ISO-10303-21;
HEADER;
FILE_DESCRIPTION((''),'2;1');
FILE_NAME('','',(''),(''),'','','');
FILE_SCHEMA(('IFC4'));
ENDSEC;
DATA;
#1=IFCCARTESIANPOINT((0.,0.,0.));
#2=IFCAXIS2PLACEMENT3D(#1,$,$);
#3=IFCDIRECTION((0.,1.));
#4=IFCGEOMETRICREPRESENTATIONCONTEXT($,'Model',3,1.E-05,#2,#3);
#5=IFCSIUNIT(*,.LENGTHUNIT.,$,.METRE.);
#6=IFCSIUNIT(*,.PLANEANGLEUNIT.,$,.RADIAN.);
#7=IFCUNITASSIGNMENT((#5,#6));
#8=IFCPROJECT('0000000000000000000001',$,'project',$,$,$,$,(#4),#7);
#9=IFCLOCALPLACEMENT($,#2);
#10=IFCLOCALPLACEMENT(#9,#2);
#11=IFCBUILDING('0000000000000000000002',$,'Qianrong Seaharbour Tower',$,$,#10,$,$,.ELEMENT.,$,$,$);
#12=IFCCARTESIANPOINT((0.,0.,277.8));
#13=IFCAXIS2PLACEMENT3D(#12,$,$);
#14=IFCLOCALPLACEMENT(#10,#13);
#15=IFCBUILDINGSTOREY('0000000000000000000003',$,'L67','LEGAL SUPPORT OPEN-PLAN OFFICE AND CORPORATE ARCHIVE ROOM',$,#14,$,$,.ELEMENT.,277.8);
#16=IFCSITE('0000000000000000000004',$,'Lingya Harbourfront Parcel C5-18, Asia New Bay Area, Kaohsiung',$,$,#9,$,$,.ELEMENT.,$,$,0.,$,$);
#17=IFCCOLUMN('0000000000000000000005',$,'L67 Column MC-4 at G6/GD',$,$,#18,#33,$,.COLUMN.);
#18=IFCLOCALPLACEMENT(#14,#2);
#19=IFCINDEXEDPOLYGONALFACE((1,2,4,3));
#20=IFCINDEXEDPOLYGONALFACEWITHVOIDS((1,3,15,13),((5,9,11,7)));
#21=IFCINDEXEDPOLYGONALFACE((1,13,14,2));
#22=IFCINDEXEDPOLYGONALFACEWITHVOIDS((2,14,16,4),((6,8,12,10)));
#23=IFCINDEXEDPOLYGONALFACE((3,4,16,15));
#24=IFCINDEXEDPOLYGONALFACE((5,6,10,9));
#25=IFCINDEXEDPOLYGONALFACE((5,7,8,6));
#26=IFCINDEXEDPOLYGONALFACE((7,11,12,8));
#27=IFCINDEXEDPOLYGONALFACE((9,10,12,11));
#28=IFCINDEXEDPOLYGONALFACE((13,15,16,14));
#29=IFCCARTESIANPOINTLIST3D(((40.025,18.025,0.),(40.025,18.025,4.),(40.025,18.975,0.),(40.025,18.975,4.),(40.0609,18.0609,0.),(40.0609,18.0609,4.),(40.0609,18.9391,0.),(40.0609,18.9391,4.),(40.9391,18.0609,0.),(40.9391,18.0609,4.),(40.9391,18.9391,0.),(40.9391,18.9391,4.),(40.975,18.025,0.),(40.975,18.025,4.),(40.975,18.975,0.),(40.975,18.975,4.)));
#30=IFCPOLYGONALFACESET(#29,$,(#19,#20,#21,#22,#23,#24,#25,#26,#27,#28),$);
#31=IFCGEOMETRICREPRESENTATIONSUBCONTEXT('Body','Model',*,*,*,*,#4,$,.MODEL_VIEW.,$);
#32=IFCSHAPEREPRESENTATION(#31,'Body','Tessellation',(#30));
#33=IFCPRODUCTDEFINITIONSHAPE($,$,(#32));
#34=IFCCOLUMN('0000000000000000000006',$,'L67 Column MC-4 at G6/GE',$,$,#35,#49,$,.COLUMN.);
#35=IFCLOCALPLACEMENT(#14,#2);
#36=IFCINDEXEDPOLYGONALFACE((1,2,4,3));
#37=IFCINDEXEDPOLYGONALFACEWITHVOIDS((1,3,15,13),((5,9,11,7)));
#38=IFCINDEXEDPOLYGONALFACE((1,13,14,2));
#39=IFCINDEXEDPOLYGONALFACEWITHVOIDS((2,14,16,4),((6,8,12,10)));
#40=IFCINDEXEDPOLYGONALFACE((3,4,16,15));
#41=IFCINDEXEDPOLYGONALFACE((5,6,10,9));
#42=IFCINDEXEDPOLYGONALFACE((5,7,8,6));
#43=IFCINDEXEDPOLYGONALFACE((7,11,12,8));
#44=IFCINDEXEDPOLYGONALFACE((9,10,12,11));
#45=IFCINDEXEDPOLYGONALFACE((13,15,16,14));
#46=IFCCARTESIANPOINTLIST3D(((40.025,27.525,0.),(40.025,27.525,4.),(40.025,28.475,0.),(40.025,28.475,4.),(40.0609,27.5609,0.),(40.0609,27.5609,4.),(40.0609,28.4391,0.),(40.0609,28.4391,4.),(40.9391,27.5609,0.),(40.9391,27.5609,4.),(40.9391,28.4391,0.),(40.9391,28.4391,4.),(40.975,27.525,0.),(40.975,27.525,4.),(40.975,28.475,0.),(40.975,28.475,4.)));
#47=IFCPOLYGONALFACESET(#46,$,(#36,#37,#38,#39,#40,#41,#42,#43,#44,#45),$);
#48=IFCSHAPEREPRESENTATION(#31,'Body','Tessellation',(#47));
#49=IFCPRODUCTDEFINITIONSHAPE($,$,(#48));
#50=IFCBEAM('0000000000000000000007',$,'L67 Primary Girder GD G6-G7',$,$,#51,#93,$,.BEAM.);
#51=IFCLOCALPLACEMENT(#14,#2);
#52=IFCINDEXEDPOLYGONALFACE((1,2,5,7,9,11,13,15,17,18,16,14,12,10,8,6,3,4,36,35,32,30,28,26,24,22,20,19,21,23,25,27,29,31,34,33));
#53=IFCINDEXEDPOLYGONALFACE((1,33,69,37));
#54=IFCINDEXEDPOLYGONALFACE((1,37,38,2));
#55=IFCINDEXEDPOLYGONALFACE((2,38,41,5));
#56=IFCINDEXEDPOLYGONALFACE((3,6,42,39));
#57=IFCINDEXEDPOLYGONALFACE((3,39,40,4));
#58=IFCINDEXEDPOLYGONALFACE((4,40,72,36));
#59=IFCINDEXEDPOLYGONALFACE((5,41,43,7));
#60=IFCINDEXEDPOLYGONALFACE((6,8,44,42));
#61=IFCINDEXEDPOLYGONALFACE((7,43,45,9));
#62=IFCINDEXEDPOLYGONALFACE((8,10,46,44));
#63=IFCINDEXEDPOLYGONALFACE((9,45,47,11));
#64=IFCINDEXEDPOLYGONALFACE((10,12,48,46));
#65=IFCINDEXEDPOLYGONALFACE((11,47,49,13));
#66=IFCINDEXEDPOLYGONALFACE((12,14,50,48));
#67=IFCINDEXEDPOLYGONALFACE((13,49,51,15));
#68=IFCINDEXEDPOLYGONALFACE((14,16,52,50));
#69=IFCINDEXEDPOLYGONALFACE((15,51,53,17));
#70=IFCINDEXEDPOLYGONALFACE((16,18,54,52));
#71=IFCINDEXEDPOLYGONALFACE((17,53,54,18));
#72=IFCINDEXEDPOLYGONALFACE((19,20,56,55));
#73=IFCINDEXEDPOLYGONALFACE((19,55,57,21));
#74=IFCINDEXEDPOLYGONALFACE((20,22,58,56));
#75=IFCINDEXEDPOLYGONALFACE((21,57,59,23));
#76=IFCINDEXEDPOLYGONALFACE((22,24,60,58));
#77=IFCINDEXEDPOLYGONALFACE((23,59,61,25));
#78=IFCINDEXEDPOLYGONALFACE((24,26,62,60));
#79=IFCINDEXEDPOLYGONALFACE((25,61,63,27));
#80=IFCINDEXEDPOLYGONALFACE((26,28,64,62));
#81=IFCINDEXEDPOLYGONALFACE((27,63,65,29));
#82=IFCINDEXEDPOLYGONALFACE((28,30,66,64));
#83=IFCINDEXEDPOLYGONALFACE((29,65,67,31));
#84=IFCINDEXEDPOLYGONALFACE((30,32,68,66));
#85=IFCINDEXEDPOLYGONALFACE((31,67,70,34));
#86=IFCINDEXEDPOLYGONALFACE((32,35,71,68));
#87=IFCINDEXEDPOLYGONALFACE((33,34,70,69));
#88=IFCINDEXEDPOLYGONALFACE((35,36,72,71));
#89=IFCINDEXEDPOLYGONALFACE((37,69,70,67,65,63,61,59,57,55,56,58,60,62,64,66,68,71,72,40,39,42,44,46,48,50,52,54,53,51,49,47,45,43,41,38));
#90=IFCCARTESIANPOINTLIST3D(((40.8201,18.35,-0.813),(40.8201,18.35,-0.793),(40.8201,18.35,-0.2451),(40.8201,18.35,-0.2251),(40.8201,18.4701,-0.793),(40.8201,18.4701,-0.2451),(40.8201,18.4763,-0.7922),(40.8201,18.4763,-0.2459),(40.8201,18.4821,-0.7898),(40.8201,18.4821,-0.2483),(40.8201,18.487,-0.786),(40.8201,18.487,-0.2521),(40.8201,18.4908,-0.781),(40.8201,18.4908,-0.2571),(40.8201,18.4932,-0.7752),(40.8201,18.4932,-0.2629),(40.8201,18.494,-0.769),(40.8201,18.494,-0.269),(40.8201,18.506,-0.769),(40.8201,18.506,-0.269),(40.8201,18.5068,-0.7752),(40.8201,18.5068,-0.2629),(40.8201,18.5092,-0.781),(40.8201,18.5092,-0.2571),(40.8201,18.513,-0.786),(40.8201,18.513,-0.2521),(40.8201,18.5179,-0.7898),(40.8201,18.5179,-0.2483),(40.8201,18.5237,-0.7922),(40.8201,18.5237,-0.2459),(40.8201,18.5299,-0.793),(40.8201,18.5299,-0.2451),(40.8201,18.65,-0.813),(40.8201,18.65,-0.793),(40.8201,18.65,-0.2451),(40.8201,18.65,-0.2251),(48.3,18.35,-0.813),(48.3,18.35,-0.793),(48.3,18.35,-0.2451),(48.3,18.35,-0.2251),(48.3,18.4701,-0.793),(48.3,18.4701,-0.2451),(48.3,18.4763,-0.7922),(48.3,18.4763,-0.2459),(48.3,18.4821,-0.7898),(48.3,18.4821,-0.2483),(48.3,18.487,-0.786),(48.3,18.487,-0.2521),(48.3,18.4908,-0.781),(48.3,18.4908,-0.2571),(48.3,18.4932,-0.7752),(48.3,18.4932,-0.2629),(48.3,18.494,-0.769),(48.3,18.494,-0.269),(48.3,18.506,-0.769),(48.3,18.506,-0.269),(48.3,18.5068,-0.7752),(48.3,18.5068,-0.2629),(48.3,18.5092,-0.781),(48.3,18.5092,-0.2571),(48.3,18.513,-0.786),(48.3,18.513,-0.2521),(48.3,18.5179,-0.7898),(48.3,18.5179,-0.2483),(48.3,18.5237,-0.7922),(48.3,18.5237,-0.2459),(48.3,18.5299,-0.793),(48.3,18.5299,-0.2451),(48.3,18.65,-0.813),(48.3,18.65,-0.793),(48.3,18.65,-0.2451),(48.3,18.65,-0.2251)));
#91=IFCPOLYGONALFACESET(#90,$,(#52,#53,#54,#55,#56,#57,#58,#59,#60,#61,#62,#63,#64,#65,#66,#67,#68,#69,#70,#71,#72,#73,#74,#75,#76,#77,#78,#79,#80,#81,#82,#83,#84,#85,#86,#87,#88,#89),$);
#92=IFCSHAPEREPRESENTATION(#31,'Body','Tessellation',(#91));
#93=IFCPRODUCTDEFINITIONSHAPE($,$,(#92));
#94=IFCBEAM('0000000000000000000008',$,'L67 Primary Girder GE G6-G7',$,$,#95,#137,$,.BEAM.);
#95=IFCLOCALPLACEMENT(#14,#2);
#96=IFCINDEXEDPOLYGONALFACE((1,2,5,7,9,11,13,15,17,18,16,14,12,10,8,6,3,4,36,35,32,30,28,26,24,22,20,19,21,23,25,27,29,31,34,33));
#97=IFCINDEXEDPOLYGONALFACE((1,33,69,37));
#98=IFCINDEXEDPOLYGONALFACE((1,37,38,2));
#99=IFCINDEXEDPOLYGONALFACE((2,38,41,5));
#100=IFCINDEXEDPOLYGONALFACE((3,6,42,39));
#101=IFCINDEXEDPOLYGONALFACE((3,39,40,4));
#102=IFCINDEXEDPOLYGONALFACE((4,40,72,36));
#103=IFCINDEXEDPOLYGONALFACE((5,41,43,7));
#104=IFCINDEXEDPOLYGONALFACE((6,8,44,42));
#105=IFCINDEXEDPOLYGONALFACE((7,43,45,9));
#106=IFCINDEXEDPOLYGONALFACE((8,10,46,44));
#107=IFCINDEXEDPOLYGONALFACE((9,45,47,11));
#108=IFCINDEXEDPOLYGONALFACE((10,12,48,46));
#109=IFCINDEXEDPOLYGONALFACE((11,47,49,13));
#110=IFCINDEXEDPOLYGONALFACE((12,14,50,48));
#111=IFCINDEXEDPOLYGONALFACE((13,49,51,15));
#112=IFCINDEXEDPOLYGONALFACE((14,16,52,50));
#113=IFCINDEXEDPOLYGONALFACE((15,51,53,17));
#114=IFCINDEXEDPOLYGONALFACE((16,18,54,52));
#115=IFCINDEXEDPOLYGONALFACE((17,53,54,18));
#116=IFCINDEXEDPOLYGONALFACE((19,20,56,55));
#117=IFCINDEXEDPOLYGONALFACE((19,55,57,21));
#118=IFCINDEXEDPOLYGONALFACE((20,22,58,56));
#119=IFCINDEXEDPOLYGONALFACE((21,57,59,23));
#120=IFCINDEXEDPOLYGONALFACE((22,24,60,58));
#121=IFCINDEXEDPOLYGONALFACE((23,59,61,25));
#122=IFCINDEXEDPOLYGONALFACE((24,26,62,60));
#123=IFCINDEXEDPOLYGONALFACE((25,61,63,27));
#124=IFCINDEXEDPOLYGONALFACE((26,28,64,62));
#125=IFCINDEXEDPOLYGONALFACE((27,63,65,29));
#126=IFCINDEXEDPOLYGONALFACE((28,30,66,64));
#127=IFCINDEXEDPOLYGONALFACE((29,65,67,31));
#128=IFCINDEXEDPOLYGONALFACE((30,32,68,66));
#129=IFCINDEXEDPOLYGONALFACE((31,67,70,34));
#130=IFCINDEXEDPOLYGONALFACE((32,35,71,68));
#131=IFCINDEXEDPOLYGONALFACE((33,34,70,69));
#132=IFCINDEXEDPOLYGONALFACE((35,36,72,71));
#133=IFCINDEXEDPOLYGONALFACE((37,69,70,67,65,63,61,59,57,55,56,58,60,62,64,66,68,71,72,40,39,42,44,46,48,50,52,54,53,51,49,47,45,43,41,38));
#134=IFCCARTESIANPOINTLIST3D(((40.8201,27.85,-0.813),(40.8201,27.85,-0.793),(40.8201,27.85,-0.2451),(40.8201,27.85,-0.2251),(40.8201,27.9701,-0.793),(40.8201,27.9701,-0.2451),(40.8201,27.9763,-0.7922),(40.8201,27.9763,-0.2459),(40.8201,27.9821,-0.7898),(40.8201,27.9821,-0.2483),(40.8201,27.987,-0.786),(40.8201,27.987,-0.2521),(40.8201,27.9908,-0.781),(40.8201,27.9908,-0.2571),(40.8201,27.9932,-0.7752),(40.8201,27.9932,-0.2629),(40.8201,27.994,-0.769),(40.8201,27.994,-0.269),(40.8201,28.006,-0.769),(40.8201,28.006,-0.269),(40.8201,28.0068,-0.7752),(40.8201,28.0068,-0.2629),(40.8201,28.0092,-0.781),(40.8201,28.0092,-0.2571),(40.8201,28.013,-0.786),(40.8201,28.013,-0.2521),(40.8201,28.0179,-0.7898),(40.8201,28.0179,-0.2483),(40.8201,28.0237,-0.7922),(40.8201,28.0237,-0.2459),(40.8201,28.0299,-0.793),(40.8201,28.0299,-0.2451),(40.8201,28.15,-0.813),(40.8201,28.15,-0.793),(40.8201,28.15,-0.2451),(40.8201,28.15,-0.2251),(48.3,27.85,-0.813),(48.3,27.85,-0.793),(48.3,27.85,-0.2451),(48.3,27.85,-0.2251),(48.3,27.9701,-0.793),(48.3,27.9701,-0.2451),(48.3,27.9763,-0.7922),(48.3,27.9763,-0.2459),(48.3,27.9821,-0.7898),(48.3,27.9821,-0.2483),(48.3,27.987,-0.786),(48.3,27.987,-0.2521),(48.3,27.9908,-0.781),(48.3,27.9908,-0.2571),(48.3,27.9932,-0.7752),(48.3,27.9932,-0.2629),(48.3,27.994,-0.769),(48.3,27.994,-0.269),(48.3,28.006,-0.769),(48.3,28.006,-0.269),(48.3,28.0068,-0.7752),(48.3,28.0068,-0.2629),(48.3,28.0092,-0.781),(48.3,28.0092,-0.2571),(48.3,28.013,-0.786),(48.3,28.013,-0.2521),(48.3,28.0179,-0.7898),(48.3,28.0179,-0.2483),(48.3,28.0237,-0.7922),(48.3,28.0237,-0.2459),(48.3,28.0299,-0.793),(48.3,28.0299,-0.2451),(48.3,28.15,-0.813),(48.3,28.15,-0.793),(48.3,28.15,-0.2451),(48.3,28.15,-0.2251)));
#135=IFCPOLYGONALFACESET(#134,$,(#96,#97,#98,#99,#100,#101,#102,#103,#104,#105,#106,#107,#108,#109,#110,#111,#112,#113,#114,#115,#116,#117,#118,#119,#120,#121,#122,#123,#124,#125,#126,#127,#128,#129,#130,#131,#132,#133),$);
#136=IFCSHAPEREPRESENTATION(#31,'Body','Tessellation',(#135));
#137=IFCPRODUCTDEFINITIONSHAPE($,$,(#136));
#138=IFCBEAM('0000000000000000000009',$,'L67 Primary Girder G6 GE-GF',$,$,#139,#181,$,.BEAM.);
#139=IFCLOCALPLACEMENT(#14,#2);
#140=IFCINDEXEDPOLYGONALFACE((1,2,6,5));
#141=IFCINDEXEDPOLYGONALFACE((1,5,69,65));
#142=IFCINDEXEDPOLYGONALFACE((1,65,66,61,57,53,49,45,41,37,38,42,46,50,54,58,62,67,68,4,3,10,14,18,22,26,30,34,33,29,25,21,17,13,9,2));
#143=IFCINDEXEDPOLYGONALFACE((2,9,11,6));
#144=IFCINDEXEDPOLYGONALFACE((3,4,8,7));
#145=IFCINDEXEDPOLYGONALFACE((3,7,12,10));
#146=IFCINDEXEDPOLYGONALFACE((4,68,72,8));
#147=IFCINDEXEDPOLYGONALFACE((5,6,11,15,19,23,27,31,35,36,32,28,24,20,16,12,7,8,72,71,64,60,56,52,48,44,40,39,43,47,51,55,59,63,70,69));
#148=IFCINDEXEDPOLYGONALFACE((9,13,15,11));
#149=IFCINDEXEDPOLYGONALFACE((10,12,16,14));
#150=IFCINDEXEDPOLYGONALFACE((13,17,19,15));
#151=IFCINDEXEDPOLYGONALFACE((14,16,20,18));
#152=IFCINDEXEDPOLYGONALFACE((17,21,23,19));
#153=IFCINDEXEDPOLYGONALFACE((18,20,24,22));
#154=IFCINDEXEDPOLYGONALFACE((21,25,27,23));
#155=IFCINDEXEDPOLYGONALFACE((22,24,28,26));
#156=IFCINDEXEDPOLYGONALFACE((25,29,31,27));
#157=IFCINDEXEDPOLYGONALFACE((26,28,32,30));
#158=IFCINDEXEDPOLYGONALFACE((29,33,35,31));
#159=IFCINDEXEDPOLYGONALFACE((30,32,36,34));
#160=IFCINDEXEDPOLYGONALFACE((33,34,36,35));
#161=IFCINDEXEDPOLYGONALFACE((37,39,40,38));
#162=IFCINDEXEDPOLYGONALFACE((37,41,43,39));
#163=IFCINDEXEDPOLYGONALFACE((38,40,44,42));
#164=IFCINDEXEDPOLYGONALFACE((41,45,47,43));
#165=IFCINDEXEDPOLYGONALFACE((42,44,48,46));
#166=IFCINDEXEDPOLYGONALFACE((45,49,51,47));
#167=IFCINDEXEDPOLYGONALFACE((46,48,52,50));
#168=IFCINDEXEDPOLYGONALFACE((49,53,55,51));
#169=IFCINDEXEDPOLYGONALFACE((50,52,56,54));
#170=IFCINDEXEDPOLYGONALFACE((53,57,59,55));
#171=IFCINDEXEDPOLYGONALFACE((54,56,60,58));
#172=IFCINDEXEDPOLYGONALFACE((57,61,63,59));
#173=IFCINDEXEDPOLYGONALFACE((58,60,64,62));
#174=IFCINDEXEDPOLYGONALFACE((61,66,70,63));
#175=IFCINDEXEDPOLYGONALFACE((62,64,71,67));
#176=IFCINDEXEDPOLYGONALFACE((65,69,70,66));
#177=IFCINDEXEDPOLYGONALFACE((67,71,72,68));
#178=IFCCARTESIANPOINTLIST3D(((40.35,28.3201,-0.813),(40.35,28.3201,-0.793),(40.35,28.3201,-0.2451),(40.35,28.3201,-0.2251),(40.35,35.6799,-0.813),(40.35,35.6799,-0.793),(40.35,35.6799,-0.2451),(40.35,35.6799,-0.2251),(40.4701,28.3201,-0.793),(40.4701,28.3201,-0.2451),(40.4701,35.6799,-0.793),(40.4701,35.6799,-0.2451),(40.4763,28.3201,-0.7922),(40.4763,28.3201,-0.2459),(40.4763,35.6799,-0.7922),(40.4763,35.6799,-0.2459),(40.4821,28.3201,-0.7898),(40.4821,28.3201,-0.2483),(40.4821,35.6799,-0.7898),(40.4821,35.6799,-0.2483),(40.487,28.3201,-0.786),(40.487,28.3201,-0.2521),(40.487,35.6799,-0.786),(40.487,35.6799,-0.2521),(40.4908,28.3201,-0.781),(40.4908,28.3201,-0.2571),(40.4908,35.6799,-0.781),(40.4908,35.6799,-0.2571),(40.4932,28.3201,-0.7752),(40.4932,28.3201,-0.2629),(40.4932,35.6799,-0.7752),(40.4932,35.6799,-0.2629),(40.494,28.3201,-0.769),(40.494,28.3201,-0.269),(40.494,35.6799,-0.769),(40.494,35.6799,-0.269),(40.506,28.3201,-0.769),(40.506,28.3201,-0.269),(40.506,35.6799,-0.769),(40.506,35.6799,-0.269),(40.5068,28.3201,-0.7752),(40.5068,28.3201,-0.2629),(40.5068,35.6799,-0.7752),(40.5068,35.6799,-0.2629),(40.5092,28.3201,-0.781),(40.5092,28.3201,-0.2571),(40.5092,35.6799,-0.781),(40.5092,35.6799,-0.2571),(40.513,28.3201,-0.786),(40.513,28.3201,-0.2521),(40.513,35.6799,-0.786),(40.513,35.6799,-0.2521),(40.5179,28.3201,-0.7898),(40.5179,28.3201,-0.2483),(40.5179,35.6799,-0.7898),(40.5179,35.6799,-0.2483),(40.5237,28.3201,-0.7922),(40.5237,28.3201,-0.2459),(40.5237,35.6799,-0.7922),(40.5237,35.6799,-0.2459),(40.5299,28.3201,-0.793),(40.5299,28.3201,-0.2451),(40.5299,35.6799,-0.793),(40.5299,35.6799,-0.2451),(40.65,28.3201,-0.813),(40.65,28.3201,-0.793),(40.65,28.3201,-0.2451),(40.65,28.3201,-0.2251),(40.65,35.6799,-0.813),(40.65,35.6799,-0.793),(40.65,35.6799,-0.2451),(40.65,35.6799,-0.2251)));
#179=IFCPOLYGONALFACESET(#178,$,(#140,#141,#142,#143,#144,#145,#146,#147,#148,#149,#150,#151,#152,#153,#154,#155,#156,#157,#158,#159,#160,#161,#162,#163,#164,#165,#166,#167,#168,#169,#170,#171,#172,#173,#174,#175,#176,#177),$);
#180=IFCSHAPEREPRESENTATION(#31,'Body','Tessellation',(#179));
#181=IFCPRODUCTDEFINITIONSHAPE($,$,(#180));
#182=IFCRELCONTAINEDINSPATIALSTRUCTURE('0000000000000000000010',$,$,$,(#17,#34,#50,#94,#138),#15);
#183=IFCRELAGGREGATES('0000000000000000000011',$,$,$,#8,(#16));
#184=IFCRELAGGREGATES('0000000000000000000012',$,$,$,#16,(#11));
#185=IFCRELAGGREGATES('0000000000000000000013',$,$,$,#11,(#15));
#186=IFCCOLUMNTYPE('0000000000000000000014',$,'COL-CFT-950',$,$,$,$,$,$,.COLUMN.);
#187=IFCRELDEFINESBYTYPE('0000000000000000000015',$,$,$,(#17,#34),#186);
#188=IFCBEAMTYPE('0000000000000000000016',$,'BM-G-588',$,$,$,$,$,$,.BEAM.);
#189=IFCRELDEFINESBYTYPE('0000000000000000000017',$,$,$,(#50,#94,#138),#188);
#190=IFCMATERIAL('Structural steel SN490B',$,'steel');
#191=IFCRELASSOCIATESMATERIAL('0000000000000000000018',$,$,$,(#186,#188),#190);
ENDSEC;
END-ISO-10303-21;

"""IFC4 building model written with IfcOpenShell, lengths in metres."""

from ifc_helpers import new_model, si_unit, direction, frame, origin, origin_2d, place, context, subcontext, project, spatial, hollow_rectangle, i_section, extrude, material, material_profile, profile_set, type_object, element, save


model = new_model("IFC4")

# Units and contexts
model_context = context("Model", 3, precision=1e-05, world=origin(), true_north=direction((0.0, 1.0)))
body_context = subcontext(model_context, "Body", "Model", "MODEL_VIEW")
ifc_project = project(units=[si_unit("LENGTHUNIT", "METRE"), si_unit("PLANEANGLEUNIT", "RADIAN")], contexts=[model_context])

# Site, building, storey
site_placement = place(None, origin())
site = spatial("IfcSite", under=ifc_project, at=site_placement, Name="Lingya Harbourfront Parcel C5-18, Asia New Bay Area, Kaohsiung", CompositionType="ELEMENT", RefElevation=0.0)
building_placement = place(site_placement, origin())
building = spatial("IfcBuilding", under=site, at=building_placement, Name="Qianrong Seaharbour Tower", CompositionType="ELEMENT")
storey_placement = place(building_placement, frame((0.0, 0.0, 277.8)))
storey = spatial("IfcBuildingStorey", under=building, at=storey_placement, Name="L67", Description="LEGAL SUPPORT OPEN-PLAN OFFICE AND CORPORATE ARCHIVE ROOM", CompositionType="ELEMENT", Elevation=277.8)

# Columns
ifc_material_1 = material(Name="Structural steel SN490B", Category="steel")
ifc_material_profile_1 = material_profile(ifc_material_1, hollow_rectangle(XDim=0.95, YDim=0.95, WallThickness=0.0359, at=origin_2d()), Name="BOX950x950x36")
ifc_profile_set_1 = profile_set([ifc_material_profile_1], Name="Structural steel SN490B")
column_type = type_object("IfcColumnType", Name="COL-CFT-950", PredefinedType="COLUMN", material=ifc_profile_set_1)
for number, where, z_axis, x_axis, name in (
    (1, (40.5, 18.5, 0.0), (0.0, 0.0, 1.0), (1.0, 0.0, 0.0), "L67 Column MC-4 at G6/GD"),
    (2, (40.5, 28.0, 0.0), (0.0, 0.0, 1.0), (1.0, 0.0, 0.0), "L67 Column MC-4 at G6/GE"),
):
    element("IfcColumn", number, at=place(storey_placement, frame(where, z_axis=z_axis, x_axis=x_axis)), inside=storey, type_object=column_type, Name=name, PredefinedType="COLUMN", context=body_context, shape_type="SweptSolid", body=[
        extrude(hollow_rectangle(XDim=0.95, YDim=0.95, WallThickness=0.0359, at=origin_2d()), origin(), (0.0, 0.0, 1.0), 4.0),
    ])

# Beams
ifc_material_profile_2 = material_profile(ifc_material_1, i_section(OverallWidth=0.3, OverallDepth=0.5879, WebThickness=0.012, FlangeThickness=0.02, FilletRadius=0.0239, at=origin_2d()), Name="H588x300x12x20")
ifc_profile_set_2 = profile_set([ifc_material_profile_2], Name="Structural steel SN490B")
beam_type_1 = type_object("IfcBeamType", Name="BM-G-588", PredefinedType="BEAM", material=ifc_profile_set_2)
for number, where, z_axis, x_axis, name in (
    (3, (40.8201, 18.5, -0.519), (1.0, 0.0, 0.0), (0.0, 1.0, 0.0), "L67 Primary Girder GD G6-G7"),
    (4, (40.8201, 28.0, -0.519), (1.0, 0.0, 0.0), (0.0, 1.0, 0.0), "L67 Primary Girder GE G6-G7"),
):
    element("IfcBeam", number, at=place(storey_placement, frame(where, z_axis=z_axis, x_axis=x_axis)), inside=storey, type_object=beam_type_1, Name=name, PredefinedType="BEAM", context=body_context, shape_type="SweptSolid", body=[
        extrude(i_section(OverallWidth=0.3, OverallDepth=0.5879, WebThickness=0.012, FlangeThickness=0.02, FilletRadius=0.0239, at=origin_2d()), origin(), (0.0, 0.0, 1.0), 7.48),
    ])
beam_1_placement = place(storey_placement, frame((40.5, 28.3201, -0.519), z_axis=(0.0, 1.0, 0.0), x_axis=(-1.0, 0.0, 0.0)))
element("IfcBeam", 5, at=beam_1_placement, inside=storey, type_object=beam_type_1, Name="L67 Primary Girder G6 GE-GF", PredefinedType="BEAM", context=body_context, shape_type="SweptSolid", body=[
    extrude(i_section(OverallWidth=0.3, OverallDepth=0.5879, WebThickness=0.012, FlangeThickness=0.02, FilletRadius=0.0239, at=origin_2d()), origin(), (0.0, 0.0, 1.0), 7.3599),
])

save(model, "model.ifc")
